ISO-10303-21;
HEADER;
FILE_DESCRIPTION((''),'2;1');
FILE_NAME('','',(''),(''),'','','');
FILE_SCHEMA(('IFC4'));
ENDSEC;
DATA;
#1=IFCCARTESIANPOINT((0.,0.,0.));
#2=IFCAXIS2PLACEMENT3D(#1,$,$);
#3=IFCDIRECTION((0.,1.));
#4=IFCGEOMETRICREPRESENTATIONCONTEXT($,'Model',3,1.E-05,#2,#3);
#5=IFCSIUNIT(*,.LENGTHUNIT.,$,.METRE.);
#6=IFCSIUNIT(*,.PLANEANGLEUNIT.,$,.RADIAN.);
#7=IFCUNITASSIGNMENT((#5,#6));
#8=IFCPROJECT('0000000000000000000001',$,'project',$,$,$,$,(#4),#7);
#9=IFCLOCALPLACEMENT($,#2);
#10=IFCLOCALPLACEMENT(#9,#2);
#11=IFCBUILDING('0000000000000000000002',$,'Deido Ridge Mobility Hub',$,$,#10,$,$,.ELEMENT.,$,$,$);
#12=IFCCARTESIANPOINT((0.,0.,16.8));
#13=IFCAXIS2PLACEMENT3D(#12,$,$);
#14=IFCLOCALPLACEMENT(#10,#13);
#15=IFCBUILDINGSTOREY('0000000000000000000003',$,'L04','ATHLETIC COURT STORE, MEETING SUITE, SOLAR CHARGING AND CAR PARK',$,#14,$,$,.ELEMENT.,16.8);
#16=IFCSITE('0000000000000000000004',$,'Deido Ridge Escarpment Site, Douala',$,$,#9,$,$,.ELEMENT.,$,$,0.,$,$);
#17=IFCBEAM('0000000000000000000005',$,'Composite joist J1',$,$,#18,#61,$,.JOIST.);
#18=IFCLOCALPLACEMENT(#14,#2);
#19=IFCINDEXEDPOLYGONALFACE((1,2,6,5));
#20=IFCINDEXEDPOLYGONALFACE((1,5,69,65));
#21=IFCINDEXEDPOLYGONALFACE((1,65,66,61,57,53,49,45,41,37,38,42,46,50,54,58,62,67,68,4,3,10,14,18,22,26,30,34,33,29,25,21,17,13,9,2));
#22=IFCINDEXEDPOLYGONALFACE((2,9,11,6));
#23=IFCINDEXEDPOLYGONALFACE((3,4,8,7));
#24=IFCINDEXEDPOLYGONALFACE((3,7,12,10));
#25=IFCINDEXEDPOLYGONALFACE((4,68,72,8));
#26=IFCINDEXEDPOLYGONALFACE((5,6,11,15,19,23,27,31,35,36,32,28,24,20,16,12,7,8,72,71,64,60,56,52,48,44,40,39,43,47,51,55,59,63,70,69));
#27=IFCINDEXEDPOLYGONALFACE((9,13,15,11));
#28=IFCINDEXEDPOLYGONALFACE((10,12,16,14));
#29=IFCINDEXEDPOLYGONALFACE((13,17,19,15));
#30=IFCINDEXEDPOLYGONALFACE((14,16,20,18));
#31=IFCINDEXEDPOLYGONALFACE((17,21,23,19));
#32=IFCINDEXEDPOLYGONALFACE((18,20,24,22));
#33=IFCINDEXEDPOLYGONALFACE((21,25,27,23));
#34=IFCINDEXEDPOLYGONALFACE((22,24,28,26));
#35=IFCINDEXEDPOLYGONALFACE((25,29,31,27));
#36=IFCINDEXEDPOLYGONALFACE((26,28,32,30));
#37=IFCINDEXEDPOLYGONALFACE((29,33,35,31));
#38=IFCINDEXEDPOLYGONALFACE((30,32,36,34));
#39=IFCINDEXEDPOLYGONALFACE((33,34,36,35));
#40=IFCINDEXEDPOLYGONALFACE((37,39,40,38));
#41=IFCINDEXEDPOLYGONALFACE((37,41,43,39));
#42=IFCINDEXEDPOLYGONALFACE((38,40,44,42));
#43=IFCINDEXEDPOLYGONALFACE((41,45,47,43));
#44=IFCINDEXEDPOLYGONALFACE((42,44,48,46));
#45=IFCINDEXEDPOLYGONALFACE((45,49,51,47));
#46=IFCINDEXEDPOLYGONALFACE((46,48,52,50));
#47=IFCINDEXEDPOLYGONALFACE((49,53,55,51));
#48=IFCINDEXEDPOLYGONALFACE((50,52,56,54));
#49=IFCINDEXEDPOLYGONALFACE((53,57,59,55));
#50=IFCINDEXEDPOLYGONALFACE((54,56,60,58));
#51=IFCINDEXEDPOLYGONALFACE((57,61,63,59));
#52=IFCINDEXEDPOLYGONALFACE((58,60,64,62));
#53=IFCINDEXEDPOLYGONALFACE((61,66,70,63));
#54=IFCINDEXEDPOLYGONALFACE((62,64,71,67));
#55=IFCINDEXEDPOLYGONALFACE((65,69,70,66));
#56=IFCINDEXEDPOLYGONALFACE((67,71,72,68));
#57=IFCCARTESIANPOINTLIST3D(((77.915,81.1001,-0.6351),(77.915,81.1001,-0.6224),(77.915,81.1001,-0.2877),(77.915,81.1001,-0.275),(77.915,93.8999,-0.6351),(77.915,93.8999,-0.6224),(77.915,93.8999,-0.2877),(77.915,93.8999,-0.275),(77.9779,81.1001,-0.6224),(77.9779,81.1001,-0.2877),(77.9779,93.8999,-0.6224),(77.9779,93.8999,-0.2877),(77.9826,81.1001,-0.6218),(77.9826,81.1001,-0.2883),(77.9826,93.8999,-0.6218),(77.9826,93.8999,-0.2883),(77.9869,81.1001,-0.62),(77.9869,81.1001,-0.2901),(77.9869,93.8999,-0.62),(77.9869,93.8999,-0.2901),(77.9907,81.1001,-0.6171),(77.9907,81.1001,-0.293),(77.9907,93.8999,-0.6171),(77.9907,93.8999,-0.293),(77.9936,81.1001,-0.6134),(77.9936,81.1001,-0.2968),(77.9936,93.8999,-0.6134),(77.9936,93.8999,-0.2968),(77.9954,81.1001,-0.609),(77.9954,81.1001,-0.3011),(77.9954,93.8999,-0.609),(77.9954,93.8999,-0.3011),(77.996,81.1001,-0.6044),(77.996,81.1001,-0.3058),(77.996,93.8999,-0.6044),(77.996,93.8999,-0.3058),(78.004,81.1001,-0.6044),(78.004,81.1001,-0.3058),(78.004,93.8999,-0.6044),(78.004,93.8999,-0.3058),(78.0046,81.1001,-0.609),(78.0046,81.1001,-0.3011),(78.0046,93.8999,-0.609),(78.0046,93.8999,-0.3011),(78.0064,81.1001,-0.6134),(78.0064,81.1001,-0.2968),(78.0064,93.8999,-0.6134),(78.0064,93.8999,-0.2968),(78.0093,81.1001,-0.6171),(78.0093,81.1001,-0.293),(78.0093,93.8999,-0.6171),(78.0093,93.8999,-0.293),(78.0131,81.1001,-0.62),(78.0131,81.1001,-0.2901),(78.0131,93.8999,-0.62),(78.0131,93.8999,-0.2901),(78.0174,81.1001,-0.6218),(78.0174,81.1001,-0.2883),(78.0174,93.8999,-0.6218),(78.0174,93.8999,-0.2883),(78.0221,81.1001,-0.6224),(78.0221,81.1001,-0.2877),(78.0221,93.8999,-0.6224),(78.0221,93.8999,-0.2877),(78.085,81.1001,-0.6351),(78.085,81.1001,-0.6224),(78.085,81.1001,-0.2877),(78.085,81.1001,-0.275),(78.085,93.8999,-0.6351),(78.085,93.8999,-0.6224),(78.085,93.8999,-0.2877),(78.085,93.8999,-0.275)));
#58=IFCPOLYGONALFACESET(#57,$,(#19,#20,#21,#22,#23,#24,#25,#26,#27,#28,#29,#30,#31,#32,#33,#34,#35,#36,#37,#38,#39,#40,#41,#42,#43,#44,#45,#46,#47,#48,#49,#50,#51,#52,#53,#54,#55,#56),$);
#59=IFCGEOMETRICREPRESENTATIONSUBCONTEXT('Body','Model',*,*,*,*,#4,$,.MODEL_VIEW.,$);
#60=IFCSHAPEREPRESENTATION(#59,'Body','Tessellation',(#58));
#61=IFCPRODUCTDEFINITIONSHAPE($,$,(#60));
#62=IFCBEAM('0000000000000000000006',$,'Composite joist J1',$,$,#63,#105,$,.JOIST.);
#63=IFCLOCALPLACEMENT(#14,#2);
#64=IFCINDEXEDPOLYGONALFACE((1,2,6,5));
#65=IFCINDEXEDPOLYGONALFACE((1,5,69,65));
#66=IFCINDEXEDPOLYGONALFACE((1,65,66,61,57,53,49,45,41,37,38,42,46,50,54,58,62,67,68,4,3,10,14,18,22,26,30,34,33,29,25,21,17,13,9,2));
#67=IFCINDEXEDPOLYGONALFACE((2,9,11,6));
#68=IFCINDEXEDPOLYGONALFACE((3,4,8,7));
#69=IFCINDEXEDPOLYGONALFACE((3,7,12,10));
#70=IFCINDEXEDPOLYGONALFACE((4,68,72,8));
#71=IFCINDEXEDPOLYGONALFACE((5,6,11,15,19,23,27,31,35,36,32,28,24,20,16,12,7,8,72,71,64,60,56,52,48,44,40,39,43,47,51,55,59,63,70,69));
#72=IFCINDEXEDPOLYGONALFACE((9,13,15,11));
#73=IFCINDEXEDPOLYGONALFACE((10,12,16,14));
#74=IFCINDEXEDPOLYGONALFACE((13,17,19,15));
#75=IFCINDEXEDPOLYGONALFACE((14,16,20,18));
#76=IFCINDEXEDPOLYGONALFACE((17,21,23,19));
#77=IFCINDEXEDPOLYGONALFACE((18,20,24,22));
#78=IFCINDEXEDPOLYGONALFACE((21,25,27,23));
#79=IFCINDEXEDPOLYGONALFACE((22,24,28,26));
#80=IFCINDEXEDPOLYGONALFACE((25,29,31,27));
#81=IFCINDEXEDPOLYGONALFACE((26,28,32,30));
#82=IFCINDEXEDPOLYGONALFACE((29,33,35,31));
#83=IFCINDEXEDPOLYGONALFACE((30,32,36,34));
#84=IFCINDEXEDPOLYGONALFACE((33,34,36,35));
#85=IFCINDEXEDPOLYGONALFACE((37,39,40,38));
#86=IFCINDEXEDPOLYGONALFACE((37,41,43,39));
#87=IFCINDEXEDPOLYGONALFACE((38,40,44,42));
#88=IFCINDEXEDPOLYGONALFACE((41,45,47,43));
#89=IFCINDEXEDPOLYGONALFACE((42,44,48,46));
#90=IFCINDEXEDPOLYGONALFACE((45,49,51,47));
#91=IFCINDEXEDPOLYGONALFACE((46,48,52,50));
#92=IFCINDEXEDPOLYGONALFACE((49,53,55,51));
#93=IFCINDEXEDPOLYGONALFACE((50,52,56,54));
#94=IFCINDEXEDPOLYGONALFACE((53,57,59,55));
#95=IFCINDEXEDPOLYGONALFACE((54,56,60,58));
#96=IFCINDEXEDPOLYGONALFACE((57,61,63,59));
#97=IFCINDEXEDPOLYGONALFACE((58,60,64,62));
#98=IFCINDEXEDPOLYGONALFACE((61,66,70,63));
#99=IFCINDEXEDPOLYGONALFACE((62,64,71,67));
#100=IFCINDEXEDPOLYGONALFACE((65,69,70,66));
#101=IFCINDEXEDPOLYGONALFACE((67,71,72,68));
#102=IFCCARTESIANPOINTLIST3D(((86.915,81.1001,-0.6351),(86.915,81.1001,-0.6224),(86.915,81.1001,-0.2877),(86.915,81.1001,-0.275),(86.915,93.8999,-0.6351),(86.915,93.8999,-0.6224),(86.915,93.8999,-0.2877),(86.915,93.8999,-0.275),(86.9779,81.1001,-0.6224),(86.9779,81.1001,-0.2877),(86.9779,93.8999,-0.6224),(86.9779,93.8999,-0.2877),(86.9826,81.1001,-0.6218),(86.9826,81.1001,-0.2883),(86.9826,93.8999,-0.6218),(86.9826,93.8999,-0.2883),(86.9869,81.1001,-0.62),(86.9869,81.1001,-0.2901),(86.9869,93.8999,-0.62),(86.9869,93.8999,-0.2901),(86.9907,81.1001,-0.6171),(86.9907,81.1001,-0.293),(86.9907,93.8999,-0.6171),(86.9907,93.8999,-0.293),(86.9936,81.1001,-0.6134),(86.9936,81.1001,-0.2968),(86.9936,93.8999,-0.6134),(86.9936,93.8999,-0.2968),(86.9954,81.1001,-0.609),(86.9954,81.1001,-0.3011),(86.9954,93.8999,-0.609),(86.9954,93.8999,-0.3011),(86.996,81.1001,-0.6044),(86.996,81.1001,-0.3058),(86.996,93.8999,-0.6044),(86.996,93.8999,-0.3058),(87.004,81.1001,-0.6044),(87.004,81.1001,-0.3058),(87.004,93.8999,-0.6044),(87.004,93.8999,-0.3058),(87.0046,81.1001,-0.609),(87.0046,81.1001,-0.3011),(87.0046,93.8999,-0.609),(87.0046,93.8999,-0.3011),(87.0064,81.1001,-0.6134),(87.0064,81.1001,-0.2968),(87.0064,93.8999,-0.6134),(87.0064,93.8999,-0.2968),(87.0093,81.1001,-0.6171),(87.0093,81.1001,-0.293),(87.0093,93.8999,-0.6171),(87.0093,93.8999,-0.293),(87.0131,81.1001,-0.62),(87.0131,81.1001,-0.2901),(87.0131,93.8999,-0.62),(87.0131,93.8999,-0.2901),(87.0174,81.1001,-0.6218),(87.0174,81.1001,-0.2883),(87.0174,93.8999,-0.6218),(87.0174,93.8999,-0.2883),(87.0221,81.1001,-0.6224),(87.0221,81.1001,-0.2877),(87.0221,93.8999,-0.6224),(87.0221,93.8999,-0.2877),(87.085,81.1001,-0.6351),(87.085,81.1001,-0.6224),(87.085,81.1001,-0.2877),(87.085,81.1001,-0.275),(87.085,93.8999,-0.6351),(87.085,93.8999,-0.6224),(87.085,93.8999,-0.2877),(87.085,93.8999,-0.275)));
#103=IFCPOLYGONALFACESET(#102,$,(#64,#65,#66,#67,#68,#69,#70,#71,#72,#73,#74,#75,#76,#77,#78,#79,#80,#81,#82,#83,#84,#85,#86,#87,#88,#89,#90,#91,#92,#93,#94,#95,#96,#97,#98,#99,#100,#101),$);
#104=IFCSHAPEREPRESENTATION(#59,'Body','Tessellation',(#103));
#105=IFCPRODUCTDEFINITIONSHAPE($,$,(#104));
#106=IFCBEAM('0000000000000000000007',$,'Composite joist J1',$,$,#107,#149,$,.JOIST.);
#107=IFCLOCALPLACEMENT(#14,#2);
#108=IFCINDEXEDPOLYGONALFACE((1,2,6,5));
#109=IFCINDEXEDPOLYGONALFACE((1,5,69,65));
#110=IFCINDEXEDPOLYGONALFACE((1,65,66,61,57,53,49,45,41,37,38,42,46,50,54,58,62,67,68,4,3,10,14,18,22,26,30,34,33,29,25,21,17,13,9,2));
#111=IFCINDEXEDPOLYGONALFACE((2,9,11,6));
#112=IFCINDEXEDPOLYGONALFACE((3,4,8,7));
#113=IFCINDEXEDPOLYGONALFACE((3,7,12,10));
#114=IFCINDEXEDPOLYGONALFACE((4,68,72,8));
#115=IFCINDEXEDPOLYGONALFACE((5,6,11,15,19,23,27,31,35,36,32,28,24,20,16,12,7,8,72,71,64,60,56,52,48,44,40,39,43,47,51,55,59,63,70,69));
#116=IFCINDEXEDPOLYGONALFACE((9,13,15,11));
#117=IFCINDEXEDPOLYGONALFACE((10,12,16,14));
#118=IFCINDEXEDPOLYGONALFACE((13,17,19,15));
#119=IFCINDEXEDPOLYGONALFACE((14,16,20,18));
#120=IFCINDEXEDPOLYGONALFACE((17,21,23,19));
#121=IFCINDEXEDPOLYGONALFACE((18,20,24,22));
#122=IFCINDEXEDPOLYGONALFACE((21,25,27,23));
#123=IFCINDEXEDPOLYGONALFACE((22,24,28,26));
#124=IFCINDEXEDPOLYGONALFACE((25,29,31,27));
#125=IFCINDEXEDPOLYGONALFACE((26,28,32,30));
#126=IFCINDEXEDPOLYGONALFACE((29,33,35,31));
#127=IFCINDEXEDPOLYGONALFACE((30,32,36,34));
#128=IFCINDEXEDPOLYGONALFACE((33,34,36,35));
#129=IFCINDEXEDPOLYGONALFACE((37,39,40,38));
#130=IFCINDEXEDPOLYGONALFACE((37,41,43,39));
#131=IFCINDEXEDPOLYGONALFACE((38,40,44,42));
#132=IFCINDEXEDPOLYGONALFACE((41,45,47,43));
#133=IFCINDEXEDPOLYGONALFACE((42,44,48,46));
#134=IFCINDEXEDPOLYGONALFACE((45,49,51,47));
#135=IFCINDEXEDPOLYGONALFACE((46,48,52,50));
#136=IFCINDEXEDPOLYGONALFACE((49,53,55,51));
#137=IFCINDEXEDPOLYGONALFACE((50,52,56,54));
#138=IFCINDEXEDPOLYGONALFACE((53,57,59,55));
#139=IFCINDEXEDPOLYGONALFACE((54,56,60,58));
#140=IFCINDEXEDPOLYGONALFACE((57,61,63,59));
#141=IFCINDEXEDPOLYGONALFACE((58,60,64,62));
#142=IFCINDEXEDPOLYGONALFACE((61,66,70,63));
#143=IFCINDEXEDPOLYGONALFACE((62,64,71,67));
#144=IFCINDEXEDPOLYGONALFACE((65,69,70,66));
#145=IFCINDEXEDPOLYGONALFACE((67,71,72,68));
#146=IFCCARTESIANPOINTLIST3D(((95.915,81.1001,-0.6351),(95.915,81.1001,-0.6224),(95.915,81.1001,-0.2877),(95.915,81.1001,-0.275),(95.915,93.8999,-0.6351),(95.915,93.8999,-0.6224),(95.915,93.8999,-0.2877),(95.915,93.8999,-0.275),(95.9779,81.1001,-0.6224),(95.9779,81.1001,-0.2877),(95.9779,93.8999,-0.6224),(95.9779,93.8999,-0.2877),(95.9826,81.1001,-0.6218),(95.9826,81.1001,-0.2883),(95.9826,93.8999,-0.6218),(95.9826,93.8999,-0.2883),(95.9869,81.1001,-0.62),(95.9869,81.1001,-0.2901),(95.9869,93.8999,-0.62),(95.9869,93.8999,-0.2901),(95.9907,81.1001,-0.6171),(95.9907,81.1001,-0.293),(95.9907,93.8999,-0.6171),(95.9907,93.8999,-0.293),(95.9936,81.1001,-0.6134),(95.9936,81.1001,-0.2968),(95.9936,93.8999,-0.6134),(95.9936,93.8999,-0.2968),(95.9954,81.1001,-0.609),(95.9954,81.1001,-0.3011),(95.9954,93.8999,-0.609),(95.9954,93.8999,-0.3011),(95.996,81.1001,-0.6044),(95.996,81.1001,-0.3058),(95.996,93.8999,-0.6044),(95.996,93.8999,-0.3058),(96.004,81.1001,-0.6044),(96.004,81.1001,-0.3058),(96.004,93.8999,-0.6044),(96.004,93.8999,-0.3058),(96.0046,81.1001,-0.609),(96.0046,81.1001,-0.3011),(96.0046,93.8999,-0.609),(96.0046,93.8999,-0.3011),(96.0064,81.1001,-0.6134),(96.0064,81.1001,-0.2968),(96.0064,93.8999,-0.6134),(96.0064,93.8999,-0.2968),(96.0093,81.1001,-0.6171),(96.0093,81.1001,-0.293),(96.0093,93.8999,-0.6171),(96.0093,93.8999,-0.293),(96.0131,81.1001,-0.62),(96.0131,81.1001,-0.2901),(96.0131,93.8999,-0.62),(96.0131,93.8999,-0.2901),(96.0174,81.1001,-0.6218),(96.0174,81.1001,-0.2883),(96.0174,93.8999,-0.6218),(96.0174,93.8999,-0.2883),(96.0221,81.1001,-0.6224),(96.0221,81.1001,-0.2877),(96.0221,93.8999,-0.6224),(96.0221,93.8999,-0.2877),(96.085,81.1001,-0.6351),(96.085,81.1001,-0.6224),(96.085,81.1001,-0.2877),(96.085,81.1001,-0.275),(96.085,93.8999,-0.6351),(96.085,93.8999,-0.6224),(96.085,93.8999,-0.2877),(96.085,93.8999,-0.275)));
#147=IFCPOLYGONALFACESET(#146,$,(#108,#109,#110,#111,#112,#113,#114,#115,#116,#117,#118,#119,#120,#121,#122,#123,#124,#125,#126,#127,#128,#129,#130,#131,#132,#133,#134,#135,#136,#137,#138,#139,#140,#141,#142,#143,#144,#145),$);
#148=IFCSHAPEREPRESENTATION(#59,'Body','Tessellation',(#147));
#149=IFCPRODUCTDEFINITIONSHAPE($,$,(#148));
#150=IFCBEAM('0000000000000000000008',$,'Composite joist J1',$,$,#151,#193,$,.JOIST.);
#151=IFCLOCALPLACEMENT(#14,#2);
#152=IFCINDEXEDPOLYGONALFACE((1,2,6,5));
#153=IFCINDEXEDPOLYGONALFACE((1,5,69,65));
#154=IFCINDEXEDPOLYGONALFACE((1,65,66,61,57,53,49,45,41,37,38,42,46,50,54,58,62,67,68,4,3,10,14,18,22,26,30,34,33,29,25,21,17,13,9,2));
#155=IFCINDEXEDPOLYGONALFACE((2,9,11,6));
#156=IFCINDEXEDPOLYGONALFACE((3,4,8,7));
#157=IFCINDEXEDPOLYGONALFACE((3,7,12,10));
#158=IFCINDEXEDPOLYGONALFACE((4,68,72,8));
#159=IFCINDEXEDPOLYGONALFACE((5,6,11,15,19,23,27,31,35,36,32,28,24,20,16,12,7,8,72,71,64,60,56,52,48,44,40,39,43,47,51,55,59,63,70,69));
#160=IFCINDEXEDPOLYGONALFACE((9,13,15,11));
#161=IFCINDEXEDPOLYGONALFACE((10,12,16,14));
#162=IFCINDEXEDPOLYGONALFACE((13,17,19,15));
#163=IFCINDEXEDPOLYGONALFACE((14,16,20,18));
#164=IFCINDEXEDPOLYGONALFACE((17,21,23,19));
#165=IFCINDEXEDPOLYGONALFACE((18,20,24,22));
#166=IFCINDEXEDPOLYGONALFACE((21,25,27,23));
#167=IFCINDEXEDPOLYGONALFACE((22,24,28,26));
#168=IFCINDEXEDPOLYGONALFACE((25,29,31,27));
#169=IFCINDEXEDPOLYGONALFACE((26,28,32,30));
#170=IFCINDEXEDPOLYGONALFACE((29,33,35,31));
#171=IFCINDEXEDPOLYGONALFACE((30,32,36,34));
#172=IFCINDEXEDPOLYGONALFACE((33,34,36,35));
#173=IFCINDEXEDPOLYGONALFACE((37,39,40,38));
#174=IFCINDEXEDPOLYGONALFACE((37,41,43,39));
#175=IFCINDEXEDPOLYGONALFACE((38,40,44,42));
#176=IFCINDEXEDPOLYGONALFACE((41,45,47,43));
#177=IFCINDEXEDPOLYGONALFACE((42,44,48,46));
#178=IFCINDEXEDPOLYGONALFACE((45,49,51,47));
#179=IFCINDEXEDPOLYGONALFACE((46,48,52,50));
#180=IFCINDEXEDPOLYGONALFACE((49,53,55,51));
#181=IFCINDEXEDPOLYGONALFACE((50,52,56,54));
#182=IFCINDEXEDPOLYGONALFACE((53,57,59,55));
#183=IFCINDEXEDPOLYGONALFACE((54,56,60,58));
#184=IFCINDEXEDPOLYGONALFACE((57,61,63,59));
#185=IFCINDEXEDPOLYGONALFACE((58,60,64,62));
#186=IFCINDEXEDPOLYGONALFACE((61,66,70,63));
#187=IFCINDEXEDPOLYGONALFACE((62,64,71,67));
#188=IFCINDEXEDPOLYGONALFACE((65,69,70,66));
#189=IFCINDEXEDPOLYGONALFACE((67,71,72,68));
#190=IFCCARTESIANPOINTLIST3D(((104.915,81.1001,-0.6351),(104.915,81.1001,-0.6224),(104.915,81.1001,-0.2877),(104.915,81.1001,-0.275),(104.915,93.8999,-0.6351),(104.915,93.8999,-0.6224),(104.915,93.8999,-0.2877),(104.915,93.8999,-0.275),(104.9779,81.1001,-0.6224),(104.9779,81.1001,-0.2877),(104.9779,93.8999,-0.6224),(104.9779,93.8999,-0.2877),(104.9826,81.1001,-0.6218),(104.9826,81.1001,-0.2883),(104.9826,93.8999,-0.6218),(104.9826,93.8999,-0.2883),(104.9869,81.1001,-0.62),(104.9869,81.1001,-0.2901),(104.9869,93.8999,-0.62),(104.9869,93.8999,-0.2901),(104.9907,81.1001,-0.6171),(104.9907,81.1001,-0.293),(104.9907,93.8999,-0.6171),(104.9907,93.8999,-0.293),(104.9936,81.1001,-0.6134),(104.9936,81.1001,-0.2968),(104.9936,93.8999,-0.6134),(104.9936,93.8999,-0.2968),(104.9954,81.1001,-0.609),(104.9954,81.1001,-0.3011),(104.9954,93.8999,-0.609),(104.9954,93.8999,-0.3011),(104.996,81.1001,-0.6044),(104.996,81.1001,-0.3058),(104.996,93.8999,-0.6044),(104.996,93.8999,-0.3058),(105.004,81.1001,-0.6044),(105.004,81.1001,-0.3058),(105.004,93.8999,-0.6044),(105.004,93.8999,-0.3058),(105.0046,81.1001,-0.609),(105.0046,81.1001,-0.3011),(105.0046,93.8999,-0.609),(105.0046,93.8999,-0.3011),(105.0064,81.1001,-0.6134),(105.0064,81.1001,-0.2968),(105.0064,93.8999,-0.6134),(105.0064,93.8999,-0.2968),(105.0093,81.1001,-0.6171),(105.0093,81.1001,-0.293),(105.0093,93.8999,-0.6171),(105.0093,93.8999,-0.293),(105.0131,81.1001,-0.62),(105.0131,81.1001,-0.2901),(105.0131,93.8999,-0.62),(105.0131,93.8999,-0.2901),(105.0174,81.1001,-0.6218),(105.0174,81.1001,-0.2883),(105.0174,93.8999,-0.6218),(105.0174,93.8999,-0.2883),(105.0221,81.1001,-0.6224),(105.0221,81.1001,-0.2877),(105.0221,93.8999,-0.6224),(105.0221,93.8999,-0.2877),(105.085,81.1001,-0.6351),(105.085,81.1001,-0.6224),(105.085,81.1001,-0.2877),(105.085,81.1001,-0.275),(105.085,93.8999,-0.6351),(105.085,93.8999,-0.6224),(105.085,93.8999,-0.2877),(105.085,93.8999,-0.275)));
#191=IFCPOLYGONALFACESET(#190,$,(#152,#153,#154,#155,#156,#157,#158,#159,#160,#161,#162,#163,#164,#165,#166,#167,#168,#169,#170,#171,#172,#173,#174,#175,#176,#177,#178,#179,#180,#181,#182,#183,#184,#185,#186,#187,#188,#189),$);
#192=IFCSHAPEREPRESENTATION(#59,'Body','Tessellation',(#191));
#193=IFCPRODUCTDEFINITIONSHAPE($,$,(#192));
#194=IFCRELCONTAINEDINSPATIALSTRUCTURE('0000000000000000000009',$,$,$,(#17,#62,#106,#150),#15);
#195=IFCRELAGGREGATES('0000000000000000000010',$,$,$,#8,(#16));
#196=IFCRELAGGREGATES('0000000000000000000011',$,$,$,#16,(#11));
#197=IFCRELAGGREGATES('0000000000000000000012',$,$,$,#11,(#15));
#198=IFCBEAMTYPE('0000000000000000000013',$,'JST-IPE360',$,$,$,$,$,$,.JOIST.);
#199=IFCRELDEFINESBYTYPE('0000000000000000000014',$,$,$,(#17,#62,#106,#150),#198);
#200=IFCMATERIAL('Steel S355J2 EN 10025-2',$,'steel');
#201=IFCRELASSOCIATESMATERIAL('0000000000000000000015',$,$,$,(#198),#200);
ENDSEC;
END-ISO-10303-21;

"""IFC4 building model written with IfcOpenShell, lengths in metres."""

from ifc_helpers import new_model, si_unit, direction, frame, origin, origin_2d, place, context, subcontext, project, spatial, i_section, extrude, material, material_profile, profile_set, type_object, element, save


model = new_model("IFC4")

# Units and contexts
model_context = context("Model", 3, precision=1e-05, world=origin(), true_north=direction((0.0, 1.0)))
body_context = subcontext(model_context, "Body", "Model", "MODEL_VIEW")
ifc_project = project(units=[si_unit("LENGTHUNIT", "METRE"), si_unit("PLANEANGLEUNIT", "RADIAN")], contexts=[model_context])

# Site, building, storey
site_placement = place(None, origin())
site = spatial("IfcSite", under=ifc_project, at=site_placement, Name="Deido Ridge Escarpment Site, Douala", CompositionType="ELEMENT", RefElevation=0.0)
building_placement = place(site_placement, origin())
building = spatial("IfcBuilding", under=site, at=building_placement, Name="Deido Ridge Mobility Hub", CompositionType="ELEMENT")
storey_placement = place(building_placement, frame((0.0, 0.0, 16.8)))
storey = spatial("IfcBuildingStorey", under=building, at=storey_placement, Name="L04", Description="ATHLETIC COURT STORE, MEETING SUITE, SOLAR CHARGING AND CAR PARK", CompositionType="ELEMENT", Elevation=16.8)

# Shared definitions
ifc_material_1 = material(Name="Steel S355J2 EN 10025-2", Category="steel")

# Beams
ifc_material_profile_1 = material_profile(ifc_material_1, i_section(OverallWidth=0.1699, OverallDepth=0.3601, WebThickness=0.0081, FlangeThickness=0.0127, FilletRadius=0.0181, at=origin_2d()), Name="IPE 360")
ifc_profile_set_1 = profile_set([ifc_material_profile_1], Name="Steel S355J2 EN 10025-2")
beam_type_1 = type_object("IfcBeamType", Name="JST-IPE360", PredefinedType="JOIST", material=ifc_profile_set_1)
for number, where, z_axis, x_axis, name in (
    (1, (78.0, 81.1001, -0.4551), (0.0, 1.0, 0.0), (-1.0, 0.0, 0.0), "Composite joist J1"),
    (2, (87.0, 81.1001, -0.4551), (0.0, 1.0, 0.0), (-1.0, 0.0, 0.0), "Composite joist J1"),
    (3, (96.0, 81.1001, -0.4551), (0.0, 1.0, 0.0), (-1.0, 0.0, 0.0), "Composite joist J1"),
    (4, (105.0, 81.1001, -0.4551), (0.0, 1.0, 0.0), (-1.0, 0.0, 0.0), "Composite joist J1"),
):
    element("IfcBeam", number, at=place(storey_placement, frame(where, z_axis=z_axis, x_axis=x_axis)), inside=storey, type_object=beam_type_1, Name=name, PredefinedType="JOIST", context=body_context, shape_type="SweptSolid", body=[
        extrude(i_section(OverallWidth=0.1699, OverallDepth=0.3601, WebThickness=0.0081, FlangeThickness=0.0127, FilletRadius=0.0181, at=origin_2d()), origin(), (0.0, 0.0, 1.0), 12.7998),
    ])

save(model, "model.ifc")
